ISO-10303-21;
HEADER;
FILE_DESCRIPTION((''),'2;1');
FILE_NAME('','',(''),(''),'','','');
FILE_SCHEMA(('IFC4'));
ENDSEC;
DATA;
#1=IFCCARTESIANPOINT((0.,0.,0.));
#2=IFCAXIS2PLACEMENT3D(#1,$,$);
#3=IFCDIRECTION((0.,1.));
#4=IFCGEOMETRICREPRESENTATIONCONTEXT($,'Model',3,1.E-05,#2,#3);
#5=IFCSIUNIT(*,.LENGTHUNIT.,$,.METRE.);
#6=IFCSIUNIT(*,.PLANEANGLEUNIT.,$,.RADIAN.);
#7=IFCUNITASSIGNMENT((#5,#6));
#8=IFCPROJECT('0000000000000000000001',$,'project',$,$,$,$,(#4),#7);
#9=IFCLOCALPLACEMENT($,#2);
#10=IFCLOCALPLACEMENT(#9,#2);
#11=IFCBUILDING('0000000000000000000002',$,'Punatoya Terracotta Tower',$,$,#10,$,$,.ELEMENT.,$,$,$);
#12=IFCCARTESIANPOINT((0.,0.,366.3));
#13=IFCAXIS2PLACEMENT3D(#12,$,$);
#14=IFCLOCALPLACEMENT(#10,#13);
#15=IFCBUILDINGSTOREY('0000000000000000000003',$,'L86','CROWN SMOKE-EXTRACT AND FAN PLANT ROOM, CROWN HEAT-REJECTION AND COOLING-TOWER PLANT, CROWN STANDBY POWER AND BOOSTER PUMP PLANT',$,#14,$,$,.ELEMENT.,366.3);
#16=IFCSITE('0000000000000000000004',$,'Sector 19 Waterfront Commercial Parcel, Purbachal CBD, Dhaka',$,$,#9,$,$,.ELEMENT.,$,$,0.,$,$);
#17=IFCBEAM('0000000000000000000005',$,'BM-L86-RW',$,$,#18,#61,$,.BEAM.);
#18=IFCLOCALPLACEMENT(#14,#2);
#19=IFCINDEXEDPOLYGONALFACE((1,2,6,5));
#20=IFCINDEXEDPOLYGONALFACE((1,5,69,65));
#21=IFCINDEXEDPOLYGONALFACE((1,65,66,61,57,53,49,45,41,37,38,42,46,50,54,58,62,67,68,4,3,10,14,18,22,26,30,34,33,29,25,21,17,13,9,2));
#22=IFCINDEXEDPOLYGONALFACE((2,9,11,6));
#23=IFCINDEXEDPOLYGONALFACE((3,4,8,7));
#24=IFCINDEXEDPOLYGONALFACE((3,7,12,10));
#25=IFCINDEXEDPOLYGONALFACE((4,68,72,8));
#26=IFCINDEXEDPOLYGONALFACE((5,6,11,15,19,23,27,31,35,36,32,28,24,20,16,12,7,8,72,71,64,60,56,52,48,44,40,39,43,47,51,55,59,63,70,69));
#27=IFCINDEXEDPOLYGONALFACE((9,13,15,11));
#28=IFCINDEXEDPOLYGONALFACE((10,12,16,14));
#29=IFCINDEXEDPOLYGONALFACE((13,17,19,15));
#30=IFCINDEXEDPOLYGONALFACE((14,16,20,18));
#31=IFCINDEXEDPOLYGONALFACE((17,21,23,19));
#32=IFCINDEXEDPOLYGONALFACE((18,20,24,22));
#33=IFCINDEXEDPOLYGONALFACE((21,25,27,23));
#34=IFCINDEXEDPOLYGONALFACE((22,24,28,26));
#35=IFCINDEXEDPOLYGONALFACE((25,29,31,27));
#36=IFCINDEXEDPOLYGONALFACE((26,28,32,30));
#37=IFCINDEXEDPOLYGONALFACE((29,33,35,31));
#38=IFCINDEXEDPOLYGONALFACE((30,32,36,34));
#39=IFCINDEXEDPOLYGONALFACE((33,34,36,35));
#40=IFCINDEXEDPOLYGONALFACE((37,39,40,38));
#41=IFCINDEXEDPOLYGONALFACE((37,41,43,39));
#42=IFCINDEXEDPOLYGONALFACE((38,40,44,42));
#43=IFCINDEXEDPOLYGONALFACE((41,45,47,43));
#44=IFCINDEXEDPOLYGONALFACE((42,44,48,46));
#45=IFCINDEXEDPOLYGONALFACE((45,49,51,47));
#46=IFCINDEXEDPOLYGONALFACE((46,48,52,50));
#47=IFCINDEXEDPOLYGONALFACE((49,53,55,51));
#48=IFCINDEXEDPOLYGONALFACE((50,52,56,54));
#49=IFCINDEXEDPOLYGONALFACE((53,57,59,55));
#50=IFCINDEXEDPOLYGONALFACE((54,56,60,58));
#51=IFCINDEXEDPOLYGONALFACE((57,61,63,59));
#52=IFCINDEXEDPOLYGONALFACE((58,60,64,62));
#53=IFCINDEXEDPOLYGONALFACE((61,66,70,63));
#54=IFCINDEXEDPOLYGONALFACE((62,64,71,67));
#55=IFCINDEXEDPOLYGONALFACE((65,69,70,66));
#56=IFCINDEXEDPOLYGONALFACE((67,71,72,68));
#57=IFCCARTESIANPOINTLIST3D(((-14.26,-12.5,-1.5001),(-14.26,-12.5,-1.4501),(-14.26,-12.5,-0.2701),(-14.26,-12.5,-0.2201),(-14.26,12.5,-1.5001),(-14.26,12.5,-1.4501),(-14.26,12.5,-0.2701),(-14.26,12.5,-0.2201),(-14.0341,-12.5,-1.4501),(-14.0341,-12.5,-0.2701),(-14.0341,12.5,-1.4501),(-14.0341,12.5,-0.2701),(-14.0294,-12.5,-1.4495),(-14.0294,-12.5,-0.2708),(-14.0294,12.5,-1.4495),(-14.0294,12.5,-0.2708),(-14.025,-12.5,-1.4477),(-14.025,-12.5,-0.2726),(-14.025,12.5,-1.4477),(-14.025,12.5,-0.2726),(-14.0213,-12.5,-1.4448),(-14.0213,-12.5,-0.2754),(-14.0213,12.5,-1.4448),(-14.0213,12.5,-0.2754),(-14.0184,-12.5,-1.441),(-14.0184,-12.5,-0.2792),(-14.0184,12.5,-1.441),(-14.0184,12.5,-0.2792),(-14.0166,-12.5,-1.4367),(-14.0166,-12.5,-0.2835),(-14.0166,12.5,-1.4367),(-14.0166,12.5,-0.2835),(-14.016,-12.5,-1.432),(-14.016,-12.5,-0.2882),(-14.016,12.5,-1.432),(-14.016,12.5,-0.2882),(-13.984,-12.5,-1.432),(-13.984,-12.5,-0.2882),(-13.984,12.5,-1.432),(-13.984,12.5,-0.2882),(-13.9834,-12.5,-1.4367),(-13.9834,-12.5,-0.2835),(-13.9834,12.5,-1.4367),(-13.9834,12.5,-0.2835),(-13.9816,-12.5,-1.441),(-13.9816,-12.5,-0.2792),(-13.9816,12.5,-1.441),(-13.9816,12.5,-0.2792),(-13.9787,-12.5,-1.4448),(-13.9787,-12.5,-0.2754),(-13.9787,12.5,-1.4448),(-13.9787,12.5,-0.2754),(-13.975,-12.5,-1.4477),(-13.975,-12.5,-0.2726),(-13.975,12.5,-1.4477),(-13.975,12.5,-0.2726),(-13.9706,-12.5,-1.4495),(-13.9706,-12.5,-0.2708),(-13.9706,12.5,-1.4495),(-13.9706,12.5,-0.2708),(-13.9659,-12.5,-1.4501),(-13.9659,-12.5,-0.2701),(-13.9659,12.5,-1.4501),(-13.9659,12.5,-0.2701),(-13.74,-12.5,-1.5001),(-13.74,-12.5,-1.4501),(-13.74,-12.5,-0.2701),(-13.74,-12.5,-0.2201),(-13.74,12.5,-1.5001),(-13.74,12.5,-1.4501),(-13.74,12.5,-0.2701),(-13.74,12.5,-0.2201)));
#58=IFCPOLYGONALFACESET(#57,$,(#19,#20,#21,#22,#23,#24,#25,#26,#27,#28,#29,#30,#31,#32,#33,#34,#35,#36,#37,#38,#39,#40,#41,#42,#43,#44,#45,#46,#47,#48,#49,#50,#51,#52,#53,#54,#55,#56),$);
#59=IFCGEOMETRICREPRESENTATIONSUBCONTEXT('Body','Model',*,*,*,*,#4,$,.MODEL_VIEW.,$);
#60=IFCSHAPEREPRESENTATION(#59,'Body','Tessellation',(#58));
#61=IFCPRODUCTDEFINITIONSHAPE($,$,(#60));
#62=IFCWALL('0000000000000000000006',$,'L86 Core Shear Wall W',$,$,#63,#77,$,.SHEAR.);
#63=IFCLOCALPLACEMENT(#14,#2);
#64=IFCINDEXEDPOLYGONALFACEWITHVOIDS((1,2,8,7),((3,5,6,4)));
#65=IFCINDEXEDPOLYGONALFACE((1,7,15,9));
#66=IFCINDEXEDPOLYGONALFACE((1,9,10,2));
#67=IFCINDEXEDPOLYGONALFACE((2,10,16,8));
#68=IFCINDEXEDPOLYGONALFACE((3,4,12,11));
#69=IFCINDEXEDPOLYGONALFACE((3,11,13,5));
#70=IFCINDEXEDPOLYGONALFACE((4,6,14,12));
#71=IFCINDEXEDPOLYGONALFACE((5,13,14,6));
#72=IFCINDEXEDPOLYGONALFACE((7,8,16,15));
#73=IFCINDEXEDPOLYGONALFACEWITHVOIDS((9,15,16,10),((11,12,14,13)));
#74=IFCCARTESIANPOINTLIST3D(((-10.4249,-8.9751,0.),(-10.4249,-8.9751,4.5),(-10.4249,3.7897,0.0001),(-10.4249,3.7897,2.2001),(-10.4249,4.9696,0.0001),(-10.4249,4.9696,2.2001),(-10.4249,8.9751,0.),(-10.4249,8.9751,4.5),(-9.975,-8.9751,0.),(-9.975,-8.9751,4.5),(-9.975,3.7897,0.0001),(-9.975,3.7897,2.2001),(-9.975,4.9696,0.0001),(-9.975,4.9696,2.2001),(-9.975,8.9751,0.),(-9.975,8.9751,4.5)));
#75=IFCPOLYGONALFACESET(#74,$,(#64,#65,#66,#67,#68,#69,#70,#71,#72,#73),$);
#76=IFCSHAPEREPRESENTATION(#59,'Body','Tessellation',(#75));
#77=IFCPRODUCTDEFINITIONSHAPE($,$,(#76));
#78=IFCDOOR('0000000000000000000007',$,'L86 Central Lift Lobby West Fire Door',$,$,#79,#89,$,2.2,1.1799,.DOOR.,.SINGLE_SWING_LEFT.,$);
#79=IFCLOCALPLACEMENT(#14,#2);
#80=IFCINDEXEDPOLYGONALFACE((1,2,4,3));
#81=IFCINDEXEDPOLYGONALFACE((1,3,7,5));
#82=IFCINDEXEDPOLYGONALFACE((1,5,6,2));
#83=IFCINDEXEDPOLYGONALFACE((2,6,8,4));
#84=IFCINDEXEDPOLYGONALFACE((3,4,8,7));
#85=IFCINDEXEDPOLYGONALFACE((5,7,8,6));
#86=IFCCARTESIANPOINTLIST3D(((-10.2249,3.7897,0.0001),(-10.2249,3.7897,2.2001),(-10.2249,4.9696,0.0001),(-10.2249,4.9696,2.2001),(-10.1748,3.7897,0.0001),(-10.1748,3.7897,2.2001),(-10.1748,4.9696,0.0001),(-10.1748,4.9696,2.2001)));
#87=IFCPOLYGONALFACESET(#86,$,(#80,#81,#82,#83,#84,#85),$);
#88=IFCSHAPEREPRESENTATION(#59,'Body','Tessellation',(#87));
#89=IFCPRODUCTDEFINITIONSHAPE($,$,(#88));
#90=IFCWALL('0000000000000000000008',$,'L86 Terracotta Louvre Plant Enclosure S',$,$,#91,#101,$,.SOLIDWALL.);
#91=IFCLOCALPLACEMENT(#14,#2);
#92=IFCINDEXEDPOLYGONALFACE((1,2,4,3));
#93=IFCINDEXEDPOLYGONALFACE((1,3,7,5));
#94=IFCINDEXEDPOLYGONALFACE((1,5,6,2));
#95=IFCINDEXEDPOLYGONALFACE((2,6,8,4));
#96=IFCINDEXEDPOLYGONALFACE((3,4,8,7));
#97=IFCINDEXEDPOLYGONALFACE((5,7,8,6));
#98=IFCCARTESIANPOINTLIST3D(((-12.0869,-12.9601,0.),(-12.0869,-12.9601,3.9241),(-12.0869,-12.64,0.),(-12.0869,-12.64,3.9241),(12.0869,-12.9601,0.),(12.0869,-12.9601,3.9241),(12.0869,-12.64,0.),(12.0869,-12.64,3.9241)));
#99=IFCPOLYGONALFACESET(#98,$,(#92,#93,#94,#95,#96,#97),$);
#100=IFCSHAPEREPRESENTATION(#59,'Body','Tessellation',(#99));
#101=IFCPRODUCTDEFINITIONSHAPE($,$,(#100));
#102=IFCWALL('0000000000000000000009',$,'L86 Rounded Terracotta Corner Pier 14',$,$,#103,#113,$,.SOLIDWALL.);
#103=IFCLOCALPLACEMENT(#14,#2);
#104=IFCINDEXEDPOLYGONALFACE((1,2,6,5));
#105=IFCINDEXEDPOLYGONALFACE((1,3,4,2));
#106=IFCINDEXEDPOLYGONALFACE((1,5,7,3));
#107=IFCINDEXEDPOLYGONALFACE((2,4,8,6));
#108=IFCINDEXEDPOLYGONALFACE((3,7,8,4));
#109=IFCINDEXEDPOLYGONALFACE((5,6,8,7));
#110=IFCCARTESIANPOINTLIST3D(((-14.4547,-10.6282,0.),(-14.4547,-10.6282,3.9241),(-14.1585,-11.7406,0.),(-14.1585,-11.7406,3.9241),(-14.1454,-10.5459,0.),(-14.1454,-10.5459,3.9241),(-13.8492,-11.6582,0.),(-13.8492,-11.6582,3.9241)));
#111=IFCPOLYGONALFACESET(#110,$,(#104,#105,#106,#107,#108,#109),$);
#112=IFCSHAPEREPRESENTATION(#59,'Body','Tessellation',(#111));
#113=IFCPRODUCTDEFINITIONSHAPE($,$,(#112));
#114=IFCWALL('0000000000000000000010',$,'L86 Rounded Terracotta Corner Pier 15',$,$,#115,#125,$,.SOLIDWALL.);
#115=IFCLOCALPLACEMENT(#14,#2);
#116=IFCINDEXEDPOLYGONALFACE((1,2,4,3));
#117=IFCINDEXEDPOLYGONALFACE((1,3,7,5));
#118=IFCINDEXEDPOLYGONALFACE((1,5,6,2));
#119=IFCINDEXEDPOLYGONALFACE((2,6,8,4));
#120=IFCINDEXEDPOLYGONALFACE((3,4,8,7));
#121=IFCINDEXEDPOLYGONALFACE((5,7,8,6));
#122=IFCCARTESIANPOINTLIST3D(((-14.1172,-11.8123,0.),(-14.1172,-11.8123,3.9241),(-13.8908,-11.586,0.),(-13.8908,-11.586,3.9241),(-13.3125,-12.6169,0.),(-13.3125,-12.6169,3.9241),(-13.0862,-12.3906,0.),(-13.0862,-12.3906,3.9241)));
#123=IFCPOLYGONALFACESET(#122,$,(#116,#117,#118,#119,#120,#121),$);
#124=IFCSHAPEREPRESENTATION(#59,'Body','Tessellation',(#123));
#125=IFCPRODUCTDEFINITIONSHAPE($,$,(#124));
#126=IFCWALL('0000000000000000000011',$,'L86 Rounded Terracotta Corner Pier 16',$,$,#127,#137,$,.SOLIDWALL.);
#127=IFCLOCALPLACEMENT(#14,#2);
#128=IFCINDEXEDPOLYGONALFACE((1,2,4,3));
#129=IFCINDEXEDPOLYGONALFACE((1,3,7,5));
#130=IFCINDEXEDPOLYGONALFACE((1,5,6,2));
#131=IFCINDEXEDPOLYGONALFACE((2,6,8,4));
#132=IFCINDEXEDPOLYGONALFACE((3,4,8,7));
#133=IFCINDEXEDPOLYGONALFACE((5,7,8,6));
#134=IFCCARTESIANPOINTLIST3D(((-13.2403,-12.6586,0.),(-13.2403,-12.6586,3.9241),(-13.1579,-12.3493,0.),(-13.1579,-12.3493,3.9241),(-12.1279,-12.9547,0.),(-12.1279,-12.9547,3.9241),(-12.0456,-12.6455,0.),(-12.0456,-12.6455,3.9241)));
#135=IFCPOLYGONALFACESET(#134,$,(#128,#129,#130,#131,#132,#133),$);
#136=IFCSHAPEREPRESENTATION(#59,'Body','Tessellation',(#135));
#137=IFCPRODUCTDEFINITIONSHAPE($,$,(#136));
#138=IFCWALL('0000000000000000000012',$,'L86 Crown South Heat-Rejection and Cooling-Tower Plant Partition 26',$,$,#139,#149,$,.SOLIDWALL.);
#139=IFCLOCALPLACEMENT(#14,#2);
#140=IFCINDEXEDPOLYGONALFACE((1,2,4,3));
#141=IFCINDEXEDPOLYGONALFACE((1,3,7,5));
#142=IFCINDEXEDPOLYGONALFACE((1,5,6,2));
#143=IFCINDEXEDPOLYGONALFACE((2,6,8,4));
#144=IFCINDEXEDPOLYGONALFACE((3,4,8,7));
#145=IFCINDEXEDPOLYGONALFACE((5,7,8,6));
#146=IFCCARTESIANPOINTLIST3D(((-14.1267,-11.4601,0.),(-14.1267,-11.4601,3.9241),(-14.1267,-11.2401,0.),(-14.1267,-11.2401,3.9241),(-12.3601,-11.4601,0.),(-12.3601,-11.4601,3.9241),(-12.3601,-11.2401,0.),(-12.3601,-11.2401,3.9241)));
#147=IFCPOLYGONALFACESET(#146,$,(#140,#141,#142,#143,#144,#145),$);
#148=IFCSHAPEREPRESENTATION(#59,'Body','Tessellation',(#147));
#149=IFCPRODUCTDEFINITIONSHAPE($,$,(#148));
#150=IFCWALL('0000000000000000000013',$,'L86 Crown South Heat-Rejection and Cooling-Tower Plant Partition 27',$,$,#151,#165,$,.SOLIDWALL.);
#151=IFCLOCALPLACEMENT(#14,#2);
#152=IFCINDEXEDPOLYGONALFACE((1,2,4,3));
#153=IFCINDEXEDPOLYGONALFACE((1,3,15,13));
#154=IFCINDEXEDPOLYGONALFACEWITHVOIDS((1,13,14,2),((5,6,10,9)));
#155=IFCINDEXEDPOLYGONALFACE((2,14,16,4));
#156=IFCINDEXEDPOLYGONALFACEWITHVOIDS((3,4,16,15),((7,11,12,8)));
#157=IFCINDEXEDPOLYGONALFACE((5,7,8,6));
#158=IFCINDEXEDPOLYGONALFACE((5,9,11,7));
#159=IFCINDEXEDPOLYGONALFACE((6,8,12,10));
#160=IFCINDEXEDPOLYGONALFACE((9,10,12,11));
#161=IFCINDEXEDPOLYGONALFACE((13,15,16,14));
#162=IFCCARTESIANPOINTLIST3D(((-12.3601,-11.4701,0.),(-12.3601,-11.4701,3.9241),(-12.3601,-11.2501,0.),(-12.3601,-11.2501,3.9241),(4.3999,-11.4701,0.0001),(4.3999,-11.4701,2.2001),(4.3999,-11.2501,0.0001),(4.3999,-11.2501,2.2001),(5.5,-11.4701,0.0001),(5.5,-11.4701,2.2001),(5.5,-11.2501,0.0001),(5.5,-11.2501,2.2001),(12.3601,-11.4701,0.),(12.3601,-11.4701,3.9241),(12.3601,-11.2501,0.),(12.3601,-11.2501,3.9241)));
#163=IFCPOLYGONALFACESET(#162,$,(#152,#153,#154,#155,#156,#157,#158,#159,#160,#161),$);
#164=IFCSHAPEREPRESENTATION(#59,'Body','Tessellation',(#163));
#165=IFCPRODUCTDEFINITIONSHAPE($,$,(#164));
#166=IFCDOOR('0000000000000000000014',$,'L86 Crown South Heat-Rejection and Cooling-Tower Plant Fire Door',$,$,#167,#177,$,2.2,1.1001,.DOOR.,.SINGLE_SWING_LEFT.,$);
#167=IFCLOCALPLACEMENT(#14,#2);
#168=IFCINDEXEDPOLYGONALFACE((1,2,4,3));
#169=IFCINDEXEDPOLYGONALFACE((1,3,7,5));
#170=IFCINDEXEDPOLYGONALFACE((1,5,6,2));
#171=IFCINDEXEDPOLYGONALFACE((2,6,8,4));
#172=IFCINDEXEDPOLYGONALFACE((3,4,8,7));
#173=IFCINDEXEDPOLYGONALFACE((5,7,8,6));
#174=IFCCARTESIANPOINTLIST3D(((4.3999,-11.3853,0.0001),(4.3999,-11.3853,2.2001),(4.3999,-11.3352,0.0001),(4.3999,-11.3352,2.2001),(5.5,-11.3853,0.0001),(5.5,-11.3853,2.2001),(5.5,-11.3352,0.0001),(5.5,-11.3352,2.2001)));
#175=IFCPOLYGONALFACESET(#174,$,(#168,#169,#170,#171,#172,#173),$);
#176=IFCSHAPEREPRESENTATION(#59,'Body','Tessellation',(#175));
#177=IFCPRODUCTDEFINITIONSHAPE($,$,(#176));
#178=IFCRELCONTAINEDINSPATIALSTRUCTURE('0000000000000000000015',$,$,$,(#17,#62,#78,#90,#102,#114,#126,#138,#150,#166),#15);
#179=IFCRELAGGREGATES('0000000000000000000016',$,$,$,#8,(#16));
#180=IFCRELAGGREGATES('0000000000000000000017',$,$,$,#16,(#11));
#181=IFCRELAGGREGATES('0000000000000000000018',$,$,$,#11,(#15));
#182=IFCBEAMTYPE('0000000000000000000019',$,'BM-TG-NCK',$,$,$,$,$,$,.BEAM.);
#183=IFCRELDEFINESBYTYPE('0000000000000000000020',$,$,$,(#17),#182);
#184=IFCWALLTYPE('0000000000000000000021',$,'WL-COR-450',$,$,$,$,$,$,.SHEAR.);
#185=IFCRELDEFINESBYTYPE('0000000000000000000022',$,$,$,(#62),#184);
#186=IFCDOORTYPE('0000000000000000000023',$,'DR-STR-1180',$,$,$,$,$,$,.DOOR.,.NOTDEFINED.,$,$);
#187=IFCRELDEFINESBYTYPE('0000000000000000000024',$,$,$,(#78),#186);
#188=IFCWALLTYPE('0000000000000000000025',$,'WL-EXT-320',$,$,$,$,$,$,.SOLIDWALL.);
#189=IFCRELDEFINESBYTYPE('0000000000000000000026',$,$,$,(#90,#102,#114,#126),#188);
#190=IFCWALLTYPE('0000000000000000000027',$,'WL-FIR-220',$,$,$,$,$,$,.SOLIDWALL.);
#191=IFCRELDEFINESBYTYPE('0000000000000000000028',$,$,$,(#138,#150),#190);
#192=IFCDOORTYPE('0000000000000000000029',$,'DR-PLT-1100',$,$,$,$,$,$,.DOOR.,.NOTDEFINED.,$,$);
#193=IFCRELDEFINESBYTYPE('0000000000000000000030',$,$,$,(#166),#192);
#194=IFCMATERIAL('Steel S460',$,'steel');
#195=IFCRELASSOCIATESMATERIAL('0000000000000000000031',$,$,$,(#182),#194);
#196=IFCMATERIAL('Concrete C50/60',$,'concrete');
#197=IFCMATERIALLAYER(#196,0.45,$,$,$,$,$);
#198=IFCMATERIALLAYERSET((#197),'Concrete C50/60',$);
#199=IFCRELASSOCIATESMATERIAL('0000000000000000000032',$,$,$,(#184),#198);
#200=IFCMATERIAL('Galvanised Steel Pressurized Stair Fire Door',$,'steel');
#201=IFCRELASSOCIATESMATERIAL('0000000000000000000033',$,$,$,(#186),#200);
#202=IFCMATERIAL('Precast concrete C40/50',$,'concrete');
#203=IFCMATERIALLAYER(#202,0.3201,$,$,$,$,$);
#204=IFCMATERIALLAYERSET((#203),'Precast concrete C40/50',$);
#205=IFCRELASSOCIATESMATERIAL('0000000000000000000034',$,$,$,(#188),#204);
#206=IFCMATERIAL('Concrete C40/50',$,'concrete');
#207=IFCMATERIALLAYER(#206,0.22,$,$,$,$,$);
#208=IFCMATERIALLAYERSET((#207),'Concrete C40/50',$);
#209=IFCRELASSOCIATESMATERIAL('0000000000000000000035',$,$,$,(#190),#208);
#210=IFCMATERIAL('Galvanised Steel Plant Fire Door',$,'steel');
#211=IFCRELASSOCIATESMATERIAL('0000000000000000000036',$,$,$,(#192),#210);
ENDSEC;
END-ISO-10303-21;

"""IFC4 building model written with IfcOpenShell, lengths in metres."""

from ifc_helpers import new_model, si_unit, direction, frame, frame_2d, origin, origin_2d, place, context, subcontext, project, spatial, rectangle, i_section, extrude, material, layer, layer_set, material_profile, profile_set, type_object, element, fill, save


model = new_model("IFC4")

# Units and contexts
model_context = context("Model", 3, precision=1e-05, world=origin(), true_north=direction((0.0, 1.0)))
body_context = subcontext(model_context, "Body", "Model", "MODEL_VIEW")
ifc_project = project(units=[si_unit("LENGTHUNIT", "METRE"), si_unit("PLANEANGLEUNIT", "RADIAN")], contexts=[model_context])

# Site, building, storey
site_placement = place(None, origin())
site = spatial("IfcSite", under=ifc_project, at=site_placement, Name="Sector 19 Waterfront Commercial Parcel, Purbachal CBD, Dhaka", CompositionType="ELEMENT", RefElevation=0.0)
building_placement = place(site_placement, origin())
building = spatial("IfcBuilding", under=site, at=building_placement, Name="Punatoya Terracotta Tower", CompositionType="ELEMENT")
storey_placement = place(building_placement, frame((0.0, 0.0, 366.3)))
storey = spatial("IfcBuildingStorey", under=building, at=storey_placement, Name="L86", Description="CROWN SMOKE-EXTRACT AND FAN PLANT ROOM, CROWN HEAT-REJECTION AND COOLING-TOWER PLANT, CROWN STANDBY POWER AND BOOSTER PUMP PLANT", CompositionType="ELEMENT", Elevation=366.3)

# Beam
ifc_material_1 = material(Name="Steel S460", Category="steel")
ifc_material_profile_1 = material_profile(ifc_material_1, i_section(OverallWidth=0.52, OverallDepth=1.28, WebThickness=0.032, FlangeThickness=0.05, FilletRadius=0.0181, at=origin_2d()))
ifc_profile_set_1 = profile_set([ifc_material_profile_1], Name="Steel S460")
beam_type = type_object("IfcBeamType", Name="BM-TG-NCK", PredefinedType="BEAM", material=ifc_profile_set_1)
beam_1_placement = place(storey_placement, frame((-14.0, -12.5, -0.8601), z_axis=(0.0, 1.0, 0.0), x_axis=(-1.0, 0.0, 0.0)))
element("IfcBeam", 1, at=beam_1_placement, inside=storey, type_object=beam_type, Name="BM-L86-RW", PredefinedType="BEAM", context=body_context, shape_type="SweptSolid", body=[
    extrude(i_section(OverallWidth=0.52, OverallDepth=1.28, WebThickness=0.032, FlangeThickness=0.05, FilletRadius=0.0181, at=origin_2d()), origin(), (0.0, 0.0, 1.0), 25.0),
])

# Wall, opening, door
ifc_material_2 = material(Name="Concrete C50/60", Category="concrete")
ifc_layer_1 = layer(ifc_material_2, 0.45)
ifc_layer_set_1 = layer_set([ifc_layer_1], Name="Concrete C50/60")
wall_type_1 = type_object("IfcWallType", Name="WL-COR-450", PredefinedType="SHEAR", material=ifc_layer_set_1)
wall_1_placement = place(storey_placement, frame((-10.2, -8.9751, 0.0), z_axis=(0.0, 0.0, 1.0), x_axis=(0.0, 1.0, 0.0)))
wall_1 = element("IfcWall", 2, at=wall_1_placement, inside=storey, type_object=wall_type_1, Name="L86 Core Shear Wall W", PredefinedType="SHEAR", context=body_context, shape_type="SweptSolid", body=[
    extrude(rectangle(XDim=17.9502, YDim=0.45, at=frame_2d((8.9751, 0.0))), origin(), (0.0, 0.0, 1.0), 4.5),
])
opening_1_placement = place(wall_1_placement, frame((12.7649, 0.0, 0.0)))
opening_1 = element("IfcOpeningElement", 3, at=opening_1_placement, cuts=wall_1, PredefinedType="OPENING", context=body_context, shape_type="SweptSolid", body=[
    extrude(rectangle(XDim=1.1799, YDim=2.2, at=frame_2d((0.5898, 1.1001))), frame((0.0, 0.2349, 0.0), z_axis=(0.0, -1.0, 0.0), x_axis=(1.0, 0.0, 0.0)), (0.0, 0.0, 1.0), 0.47),
])
ifc_material_3 = material(Name="Galvanised Steel Pressurized Stair Fire Door", Category="steel")
door_type_1 = type_object("IfcDoorType", Name="DR-STR-1180", OperationType="NOTDEFINED", PredefinedType="DOOR", material=ifc_material_3)
door_1_placement = place(opening_1_placement, origin())
door_1 = element("IfcDoor", 4, at=door_1_placement, inside=storey, type_object=door_type_1, Name="L86 Central Lift Lobby West Fire Door", OperationType="SINGLE_SWING_LEFT", OverallHeight=2.2, OverallWidth=1.1799, PredefinedType="DOOR", context=body_context, shape_type="SweptSolid", body=[
    extrude(rectangle(XDim=1.1799, YDim=2.2, at=frame_2d((0.5898, 1.1001))), frame((0.0, 0.0249, 0.0), z_axis=(0.0, -1.0, 0.0), x_axis=(1.0, 0.0, 0.0)), (0.0, 0.0, 1.0), 0.05),
])
fill(opening_1, door_1)

# Walls
ifc_material_4 = material(Name="Precast concrete C40/50", Category="concrete")
ifc_layer_2 = layer(ifc_material_4, 0.3201)
ifc_layer_set_2 = layer_set([ifc_layer_2], Name="Precast concrete C40/50")
wall_type_2 = type_object("IfcWallType", Name="WL-EXT-320", PredefinedType="SOLIDWALL", material=ifc_layer_set_2)
wall_2_placement = place(storey_placement, frame((-12.0869, -12.8, 0.0), z_axis=(0.0, 0.0, 1.0), x_axis=(1.0, 0.0, 0.0)))
element("IfcWall", 5, at=wall_2_placement, inside=storey, type_object=wall_type_2, Name="L86 Terracotta Louvre Plant Enclosure S", PredefinedType="SOLIDWALL", context=body_context, shape_type="SweptSolid", body=[
    extrude(rectangle(XDim=24.1738, YDim=0.3201, at=frame_2d((12.0869, 0.0))), origin(), (0.0, 0.0, 1.0), 3.9241),
])
wall_3_placement = place(storey_placement, frame((-14.3, -10.5869, 0.0), z_axis=(0.0, 0.0, 1.0), x_axis=(0.25728, -0.966337, 0.0)))
element("IfcWall", 6, at=wall_3_placement, inside=storey, type_object=wall_type_2, Name="L86 Rounded Terracotta Corner Pier 14", PredefinedType="SOLIDWALL", context=body_context, shape_type="SweptSolid", body=[
    extrude(rectangle(XDim=1.1511, YDim=0.3201, at=frame_2d((0.5757, 0.0))), origin(), (0.0, 0.0, 1.0), 3.9241),
])
wall_4_placement = place(storey_placement, frame((-14.0039, -11.6992, 0.0), z_axis=(0.0, 0.0, 1.0), x_axis=(0.707107, -0.707107, 0.0)))
element("IfcWall", 7, at=wall_4_placement, inside=storey, type_object=wall_type_2, Name="L86 Rounded Terracotta Corner Pier 15", PredefinedType="SOLIDWALL", context=body_context, shape_type="SweptSolid", body=[
    extrude(rectangle(XDim=1.1379, YDim=0.3201, at=frame_2d((0.5688, 0.0))), origin(), (0.0, 0.0, 1.0), 3.9241),
])
wall_5_placement = place(storey_placement, frame((-13.1992, -12.5039, 0.0), z_axis=(0.0, 0.0, 1.0), x_axis=(0.966337, -0.25728, 0.0)))
element("IfcWall", 8, at=wall_5_placement, inside=storey, type_object=wall_type_2, Name="L86 Rounded Terracotta Corner Pier 16", PredefinedType="SOLIDWALL", context=body_context, shape_type="SweptSolid", body=[
    extrude(rectangle(XDim=1.1511, YDim=0.3201, at=frame_2d((0.5757, 0.0))), origin(), (0.0, 0.0, 1.0), 3.9241),
])
ifc_material_5 = material(Name="Concrete C40/50", Category="concrete")
ifc_layer_3 = layer(ifc_material_5, 0.22)
ifc_layer_set_3 = layer_set([ifc_layer_3], Name="Concrete C40/50")
wall_type_3 = type_object("IfcWallType", Name="WL-FIR-220", PredefinedType="SOLIDWALL", material=ifc_layer_set_3)
wall_6_placement = place(storey_placement, frame((-14.1267, -11.3501, 0.0), z_axis=(0.0, 0.0, 1.0), x_axis=(1.0, 0.0, 0.0)))
element("IfcWall", 9, at=wall_6_placement, inside=storey, type_object=wall_type_3, Name="L86 Crown South Heat-Rejection and Cooling-Tower Plant Partition 26", PredefinedType="SOLIDWALL", context=body_context, shape_type="SweptSolid", body=[
    extrude(rectangle(XDim=1.7666, YDim=0.22, at=frame_2d((0.8833, 0.0))), origin(), (0.0, 0.0, 1.0), 3.9241),
])

# Wall, opening, door
wall_7_placement = place(storey_placement, frame((-12.3601, -11.3601, 0.0), z_axis=(0.0, 0.0, 1.0), x_axis=(1.0, 0.0, 0.0)))
wall_7 = element("IfcWall", 10, at=wall_7_placement, inside=storey, type_object=wall_type_3, Name="L86 Crown South Heat-Rejection and Cooling-Tower Plant Partition 27", PredefinedType="SOLIDWALL", context=body_context, shape_type="SweptSolid", body=[
    extrude(rectangle(XDim=24.7202, YDim=0.22, at=frame_2d((12.3601, 0.0))), origin(), (0.0, 0.0, 1.0), 3.9241),
])
opening_2_placement = place(wall_7_placement, frame((16.76, 0.0, 0.0)))
opening_2 = element("IfcOpeningElement", 11, at=opening_2_placement, cuts=wall_7, PredefinedType="OPENING", context=body_context, shape_type="SweptSolid", body=[
    extrude(rectangle(XDim=1.1001, YDim=2.2, at=frame_2d((0.55, 1.1001))), frame((0.0, 0.1199, 0.0), z_axis=(0.0, -1.0, 0.0), x_axis=(1.0, 0.0, 0.0)), (0.0, 0.0, 1.0), 0.24),
])
ifc_material_6 = material(Name="Galvanised Steel Plant Fire Door", Category="steel")
door_type_2 = type_object("IfcDoorType", Name="DR-PLT-1100", OperationType="NOTDEFINED", PredefinedType="DOOR", material=ifc_material_6)
door_2_placement = place(opening_2_placement, origin())
door_2 = element("IfcDoor", 12, at=door_2_placement, inside=storey, type_object=door_type_2, Name="L86 Crown South Heat-Rejection and Cooling-Tower Plant Fire Door", OperationType="SINGLE_SWING_LEFT", OverallHeight=2.2, OverallWidth=1.1001, PredefinedType="DOOR", context=body_context, shape_type="SweptSolid", body=[
    extrude(rectangle(XDim=1.1001, YDim=2.2, at=frame_2d((0.55, 1.1001))), frame((0.0, 0.0249, 0.0), z_axis=(0.0, -1.0, 0.0), x_axis=(1.0, 0.0, 0.0)), (0.0, 0.0, 1.0), 0.05),
])
fill(opening_2, door_2)

save(model, "model.ifc")
